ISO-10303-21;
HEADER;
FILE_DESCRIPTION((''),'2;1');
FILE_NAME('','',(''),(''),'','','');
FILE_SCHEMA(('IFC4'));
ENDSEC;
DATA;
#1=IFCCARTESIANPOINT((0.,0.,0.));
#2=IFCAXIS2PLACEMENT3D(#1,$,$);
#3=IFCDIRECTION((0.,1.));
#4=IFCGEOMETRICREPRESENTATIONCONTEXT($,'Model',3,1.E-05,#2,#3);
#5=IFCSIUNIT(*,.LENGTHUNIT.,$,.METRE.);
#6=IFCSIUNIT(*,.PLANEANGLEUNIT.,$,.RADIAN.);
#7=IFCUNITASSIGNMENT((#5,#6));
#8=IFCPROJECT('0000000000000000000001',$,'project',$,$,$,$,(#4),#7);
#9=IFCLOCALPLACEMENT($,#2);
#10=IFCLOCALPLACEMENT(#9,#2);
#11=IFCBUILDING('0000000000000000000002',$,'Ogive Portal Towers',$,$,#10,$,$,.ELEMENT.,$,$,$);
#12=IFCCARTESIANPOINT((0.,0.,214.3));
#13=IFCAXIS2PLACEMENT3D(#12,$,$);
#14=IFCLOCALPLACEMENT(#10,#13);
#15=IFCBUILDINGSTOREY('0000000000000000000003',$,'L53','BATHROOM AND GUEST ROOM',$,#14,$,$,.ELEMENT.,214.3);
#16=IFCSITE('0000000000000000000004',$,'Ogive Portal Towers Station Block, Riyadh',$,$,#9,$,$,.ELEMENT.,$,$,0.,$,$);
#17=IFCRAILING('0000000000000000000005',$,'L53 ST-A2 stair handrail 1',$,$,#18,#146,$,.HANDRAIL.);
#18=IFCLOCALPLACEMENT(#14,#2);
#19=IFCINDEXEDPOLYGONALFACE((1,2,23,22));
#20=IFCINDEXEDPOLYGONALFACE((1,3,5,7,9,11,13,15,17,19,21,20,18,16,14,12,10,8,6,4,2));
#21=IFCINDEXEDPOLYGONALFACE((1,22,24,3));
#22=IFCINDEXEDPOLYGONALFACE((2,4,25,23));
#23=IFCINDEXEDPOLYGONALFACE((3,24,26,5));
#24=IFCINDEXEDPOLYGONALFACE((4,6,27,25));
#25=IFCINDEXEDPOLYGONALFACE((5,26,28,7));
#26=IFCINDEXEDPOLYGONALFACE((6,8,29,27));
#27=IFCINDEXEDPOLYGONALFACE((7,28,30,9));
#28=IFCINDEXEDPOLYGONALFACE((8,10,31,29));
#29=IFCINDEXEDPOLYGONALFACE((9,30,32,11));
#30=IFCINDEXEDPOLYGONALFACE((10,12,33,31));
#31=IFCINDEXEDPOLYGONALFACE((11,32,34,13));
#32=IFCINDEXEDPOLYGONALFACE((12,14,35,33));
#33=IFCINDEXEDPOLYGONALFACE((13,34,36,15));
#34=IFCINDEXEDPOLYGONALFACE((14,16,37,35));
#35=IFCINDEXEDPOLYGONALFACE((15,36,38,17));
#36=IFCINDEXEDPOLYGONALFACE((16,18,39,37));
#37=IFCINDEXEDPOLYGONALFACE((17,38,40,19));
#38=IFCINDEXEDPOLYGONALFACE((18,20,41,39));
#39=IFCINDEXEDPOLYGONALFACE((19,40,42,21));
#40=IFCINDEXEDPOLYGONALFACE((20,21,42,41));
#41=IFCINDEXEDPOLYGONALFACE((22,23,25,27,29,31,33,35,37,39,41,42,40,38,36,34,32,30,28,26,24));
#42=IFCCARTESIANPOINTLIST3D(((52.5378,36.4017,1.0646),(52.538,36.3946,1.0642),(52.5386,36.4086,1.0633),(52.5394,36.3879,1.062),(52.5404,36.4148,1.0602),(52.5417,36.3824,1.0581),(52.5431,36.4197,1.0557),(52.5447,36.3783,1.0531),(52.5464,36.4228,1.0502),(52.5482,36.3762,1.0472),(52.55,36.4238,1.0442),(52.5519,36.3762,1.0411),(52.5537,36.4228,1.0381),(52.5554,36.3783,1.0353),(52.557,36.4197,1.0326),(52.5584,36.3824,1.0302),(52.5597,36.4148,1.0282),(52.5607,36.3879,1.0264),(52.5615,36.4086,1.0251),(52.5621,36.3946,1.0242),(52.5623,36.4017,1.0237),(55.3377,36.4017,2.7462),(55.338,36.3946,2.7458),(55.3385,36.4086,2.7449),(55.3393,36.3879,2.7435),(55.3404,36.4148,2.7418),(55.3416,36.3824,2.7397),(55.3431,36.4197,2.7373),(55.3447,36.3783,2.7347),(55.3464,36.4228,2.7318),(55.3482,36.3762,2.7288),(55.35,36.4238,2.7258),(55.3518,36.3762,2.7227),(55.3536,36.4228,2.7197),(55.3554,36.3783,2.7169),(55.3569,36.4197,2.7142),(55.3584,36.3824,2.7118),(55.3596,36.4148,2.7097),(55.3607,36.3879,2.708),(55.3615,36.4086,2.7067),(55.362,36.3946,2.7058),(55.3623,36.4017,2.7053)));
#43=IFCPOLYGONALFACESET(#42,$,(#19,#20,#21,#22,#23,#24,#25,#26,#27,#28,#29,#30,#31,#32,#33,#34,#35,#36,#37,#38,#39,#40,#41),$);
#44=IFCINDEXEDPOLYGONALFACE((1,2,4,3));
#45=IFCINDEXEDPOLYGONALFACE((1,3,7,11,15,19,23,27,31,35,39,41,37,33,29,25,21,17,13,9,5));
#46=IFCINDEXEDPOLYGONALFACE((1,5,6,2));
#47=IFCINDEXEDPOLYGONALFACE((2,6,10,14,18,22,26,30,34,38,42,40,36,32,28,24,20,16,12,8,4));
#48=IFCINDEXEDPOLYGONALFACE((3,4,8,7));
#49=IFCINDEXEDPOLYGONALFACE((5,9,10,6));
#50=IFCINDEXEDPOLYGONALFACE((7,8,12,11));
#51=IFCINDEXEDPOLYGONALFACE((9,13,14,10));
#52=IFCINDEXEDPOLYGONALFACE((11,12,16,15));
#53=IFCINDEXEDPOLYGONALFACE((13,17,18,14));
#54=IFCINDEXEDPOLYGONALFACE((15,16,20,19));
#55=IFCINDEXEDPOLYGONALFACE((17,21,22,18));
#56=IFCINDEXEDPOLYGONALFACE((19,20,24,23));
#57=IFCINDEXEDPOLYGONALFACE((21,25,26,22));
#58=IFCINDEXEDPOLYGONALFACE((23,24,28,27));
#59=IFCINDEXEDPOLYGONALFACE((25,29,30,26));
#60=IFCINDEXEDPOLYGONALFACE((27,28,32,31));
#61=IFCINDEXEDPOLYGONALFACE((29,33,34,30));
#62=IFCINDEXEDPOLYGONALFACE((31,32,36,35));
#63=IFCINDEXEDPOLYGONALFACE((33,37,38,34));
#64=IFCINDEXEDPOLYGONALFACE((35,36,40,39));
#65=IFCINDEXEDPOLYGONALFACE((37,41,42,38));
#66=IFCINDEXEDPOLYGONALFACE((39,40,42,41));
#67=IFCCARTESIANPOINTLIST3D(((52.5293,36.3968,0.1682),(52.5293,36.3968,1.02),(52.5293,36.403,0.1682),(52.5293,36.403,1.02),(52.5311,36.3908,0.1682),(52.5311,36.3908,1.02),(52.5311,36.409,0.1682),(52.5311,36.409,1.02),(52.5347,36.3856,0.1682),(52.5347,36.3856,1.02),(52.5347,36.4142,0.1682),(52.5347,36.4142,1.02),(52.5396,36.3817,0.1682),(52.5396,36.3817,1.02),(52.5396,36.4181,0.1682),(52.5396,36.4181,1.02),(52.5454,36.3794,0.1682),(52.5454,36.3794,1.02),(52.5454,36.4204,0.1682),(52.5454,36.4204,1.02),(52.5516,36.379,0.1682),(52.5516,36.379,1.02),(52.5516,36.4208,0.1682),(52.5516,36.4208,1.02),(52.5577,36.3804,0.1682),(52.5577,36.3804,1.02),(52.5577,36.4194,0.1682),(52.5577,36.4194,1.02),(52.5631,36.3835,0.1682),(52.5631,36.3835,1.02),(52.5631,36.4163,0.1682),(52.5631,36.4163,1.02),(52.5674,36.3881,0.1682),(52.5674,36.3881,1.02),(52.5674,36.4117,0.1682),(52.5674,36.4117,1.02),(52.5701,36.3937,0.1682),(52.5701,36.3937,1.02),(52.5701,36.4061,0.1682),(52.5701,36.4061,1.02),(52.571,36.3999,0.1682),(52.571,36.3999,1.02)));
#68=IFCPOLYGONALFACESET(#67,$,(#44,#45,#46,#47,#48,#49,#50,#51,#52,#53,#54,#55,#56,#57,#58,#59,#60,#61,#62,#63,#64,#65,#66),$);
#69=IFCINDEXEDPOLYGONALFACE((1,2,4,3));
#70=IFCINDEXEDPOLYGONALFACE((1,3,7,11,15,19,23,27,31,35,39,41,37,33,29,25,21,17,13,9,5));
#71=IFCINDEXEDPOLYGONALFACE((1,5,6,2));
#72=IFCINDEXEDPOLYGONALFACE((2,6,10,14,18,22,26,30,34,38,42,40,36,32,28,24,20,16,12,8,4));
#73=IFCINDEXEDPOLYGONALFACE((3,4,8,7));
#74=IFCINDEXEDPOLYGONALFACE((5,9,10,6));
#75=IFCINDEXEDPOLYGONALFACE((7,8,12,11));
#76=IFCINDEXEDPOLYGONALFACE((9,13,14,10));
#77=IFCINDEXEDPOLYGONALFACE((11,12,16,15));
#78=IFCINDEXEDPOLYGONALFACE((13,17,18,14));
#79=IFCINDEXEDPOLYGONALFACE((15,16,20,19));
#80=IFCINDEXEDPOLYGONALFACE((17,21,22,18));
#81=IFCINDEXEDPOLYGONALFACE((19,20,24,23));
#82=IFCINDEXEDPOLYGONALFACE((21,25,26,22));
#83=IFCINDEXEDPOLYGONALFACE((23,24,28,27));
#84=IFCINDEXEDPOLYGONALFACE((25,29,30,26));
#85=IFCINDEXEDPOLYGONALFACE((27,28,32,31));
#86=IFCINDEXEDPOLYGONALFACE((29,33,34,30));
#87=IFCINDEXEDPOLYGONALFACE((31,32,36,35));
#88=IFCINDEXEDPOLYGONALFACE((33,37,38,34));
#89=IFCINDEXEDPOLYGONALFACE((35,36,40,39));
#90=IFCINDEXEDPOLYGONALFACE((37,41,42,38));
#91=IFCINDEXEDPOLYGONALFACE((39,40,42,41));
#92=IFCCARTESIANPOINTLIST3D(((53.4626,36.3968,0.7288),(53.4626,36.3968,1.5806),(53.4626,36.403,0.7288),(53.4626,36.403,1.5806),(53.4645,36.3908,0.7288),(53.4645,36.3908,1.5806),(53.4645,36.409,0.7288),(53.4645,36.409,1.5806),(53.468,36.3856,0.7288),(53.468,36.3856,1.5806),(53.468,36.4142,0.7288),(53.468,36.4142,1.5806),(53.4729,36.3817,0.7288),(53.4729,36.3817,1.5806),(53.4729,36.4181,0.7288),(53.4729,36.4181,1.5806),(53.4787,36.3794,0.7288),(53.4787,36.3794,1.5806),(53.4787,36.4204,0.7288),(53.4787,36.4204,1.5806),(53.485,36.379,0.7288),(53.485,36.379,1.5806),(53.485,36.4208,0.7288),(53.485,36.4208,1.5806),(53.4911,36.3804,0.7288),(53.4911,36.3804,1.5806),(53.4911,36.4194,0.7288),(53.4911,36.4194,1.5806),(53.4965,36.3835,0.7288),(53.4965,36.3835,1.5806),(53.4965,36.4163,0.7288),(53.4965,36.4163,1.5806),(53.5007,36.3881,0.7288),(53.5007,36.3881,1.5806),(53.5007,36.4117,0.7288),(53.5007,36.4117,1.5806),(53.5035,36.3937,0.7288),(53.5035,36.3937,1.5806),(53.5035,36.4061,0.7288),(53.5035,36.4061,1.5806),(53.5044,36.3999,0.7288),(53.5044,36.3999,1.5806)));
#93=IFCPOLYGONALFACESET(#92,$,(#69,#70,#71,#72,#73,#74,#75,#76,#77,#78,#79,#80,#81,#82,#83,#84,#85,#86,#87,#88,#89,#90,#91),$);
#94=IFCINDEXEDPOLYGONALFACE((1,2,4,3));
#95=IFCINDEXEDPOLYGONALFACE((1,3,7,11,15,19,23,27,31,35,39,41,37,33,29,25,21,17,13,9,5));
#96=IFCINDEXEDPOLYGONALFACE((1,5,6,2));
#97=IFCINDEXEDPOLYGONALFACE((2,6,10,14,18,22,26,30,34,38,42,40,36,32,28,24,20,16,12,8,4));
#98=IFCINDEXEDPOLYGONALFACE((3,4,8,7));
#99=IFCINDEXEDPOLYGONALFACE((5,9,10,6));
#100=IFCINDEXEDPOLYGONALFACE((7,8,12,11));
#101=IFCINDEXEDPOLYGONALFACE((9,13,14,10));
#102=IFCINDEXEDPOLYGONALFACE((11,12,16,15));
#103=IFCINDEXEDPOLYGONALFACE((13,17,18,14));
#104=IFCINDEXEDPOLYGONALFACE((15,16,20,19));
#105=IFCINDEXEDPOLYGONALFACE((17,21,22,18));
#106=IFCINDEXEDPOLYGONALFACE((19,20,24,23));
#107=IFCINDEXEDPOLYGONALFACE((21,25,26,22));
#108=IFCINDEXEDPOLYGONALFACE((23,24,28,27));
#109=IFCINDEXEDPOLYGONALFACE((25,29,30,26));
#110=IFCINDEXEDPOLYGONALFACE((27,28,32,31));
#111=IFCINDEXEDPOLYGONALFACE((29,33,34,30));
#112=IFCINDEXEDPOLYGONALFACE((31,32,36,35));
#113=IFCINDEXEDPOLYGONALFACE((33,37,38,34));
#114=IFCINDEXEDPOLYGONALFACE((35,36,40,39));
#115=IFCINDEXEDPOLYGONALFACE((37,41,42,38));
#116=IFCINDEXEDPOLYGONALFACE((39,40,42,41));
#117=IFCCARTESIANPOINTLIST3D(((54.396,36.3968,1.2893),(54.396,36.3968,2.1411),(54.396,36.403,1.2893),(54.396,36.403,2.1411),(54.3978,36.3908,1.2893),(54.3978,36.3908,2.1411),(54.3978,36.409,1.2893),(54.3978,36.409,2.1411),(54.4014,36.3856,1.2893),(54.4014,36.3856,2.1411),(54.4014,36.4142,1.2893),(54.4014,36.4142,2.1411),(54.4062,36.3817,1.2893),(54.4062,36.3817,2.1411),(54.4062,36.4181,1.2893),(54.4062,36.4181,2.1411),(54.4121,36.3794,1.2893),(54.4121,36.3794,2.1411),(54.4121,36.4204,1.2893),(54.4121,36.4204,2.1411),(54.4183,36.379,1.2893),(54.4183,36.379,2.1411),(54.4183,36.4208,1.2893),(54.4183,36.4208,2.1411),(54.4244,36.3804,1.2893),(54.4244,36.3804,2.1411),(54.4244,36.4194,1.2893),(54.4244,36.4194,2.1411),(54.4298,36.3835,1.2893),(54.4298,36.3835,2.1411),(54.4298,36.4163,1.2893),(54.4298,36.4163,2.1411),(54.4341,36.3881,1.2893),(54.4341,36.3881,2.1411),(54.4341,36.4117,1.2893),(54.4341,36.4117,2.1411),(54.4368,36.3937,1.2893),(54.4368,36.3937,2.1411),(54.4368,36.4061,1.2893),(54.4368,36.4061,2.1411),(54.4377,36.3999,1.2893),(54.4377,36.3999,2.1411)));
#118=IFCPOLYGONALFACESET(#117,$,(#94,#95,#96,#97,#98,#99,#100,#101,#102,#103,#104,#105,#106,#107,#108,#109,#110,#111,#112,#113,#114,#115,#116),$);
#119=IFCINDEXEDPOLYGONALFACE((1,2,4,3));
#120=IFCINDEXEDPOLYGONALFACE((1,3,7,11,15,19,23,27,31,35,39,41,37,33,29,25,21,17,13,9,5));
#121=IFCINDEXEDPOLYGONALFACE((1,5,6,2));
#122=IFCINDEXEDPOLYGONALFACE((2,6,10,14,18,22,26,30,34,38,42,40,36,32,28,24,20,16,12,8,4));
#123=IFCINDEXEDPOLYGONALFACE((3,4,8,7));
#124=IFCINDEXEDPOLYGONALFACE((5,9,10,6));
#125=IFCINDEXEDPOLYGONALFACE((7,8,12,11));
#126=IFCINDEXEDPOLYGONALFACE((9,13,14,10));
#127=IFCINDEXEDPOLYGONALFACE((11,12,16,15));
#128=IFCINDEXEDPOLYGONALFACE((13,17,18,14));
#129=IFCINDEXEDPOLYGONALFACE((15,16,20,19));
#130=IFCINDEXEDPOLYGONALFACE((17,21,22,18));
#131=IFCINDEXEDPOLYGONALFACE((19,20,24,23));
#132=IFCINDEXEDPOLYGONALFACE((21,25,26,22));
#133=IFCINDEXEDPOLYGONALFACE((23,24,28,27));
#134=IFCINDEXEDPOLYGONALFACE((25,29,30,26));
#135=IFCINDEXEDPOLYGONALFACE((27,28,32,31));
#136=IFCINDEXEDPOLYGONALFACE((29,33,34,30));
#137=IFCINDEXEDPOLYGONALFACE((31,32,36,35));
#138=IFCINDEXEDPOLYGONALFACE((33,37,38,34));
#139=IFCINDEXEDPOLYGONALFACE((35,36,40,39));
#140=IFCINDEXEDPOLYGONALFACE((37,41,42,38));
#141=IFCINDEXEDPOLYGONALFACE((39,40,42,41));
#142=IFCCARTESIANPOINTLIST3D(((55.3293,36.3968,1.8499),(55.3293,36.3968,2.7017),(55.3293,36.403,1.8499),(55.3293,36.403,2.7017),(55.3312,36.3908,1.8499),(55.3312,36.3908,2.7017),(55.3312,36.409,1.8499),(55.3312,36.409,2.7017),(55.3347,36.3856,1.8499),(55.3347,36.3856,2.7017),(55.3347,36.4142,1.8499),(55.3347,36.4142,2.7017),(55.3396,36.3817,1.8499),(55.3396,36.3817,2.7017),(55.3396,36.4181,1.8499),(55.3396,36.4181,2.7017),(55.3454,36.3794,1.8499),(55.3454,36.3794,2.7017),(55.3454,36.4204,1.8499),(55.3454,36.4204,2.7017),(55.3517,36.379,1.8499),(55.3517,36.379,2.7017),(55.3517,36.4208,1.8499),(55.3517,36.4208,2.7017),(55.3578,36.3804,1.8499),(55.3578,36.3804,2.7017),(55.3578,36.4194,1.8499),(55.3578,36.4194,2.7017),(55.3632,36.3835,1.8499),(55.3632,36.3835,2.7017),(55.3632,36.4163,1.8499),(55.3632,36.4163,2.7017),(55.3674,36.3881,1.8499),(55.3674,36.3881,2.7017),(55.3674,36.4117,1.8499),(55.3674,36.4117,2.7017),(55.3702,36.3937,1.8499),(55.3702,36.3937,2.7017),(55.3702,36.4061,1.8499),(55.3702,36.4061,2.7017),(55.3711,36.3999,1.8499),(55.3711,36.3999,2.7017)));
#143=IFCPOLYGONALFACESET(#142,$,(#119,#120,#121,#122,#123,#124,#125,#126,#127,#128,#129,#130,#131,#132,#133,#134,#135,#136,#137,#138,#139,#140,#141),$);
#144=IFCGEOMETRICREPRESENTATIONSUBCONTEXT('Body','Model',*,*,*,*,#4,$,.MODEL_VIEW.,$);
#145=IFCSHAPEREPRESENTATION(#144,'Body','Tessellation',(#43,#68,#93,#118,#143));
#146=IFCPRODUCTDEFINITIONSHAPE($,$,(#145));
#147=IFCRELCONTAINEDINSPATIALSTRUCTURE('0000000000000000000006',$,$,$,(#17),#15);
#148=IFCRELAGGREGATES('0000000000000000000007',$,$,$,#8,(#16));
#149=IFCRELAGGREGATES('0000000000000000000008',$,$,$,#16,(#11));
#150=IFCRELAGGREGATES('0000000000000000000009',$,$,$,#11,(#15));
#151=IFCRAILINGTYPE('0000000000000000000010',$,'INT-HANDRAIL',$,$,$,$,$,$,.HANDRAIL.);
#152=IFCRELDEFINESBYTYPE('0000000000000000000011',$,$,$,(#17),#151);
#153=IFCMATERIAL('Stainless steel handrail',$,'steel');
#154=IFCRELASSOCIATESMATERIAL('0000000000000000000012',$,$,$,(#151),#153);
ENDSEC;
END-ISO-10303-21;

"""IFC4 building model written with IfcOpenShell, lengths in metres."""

from ifc_helpers import new_model, si_unit, direction, frame, origin, origin_2d, place, context, subcontext, project, spatial, circle, extrude, material, type_object, element, save


model = new_model("IFC4")

# Units and contexts
model_context = context("Model", 3, precision=1e-05, world=origin(), true_north=direction((0.0, 1.0)))
body_context = subcontext(model_context, "Body", "Model", "MODEL_VIEW")
ifc_project = project(units=[si_unit("LENGTHUNIT", "METRE"), si_unit("PLANEANGLEUNIT", "RADIAN")], contexts=[model_context])

# Site, building, storey
site_placement = place(None, origin())
site = spatial("IfcSite", under=ifc_project, at=site_placement, Name="Ogive Portal Towers Station Block, Riyadh", CompositionType="ELEMENT", RefElevation=0.0)
building_placement = place(site_placement, origin())
building = spatial("IfcBuilding", under=site, at=building_placement, Name="Ogive Portal Towers", CompositionType="ELEMENT")
storey_placement = place(building_placement, frame((0.0, 0.0, 214.3)))
storey = spatial("IfcBuildingStorey", under=building, at=storey_placement, Name="L53", Description="BATHROOM AND GUEST ROOM", CompositionType="ELEMENT", Elevation=214.3)

# Railing
ifc_material_1 = material(Name="Stainless steel handrail", Category="steel")
railing_type_1 = type_object("IfcRailingType", Name="INT-HANDRAIL", PredefinedType="HANDRAIL", material=ifc_material_1)
railing_1_placement = place(storey_placement, frame((52.55, 36.3999, 0.1682)))
element("IfcRailing", 1, at=railing_1_placement, inside=storey, type_object=railing_type_1, Name="L53 ST-A2 stair handrail 1", PredefinedType="HANDRAIL", context=body_context, shape_type="SweptSolid", body=[
    extrude(circle(Radius=0.0239, at=origin_2d()), frame((0.0, 0.0, 0.876), z_axis=(0.857275, 0.0, 0.514858), x_axis=(0.0, 1.0, 0.0)), (0.0, 0.0, 1.0), 3.2661),
    extrude(circle(Radius=0.021, at=origin_2d()), origin(), (0.0, 0.0, 1.0), 0.8518),
    extrude(circle(Radius=0.021, at=origin_2d()), frame((0.9333, 0.0, 0.5605)), (0.0, 0.0, 1.0), 0.8518),
    extrude(circle(Radius=0.021, at=origin_2d()), frame((1.8667, 0.0, 1.1211)), (0.0, 0.0, 1.0), 0.8518),
    extrude(circle(Radius=0.021, at=origin_2d()), frame((2.8, 0.0, 1.6816)), (0.0, 0.0, 1.0), 0.8518),
])

save(model, "model.ifc")
